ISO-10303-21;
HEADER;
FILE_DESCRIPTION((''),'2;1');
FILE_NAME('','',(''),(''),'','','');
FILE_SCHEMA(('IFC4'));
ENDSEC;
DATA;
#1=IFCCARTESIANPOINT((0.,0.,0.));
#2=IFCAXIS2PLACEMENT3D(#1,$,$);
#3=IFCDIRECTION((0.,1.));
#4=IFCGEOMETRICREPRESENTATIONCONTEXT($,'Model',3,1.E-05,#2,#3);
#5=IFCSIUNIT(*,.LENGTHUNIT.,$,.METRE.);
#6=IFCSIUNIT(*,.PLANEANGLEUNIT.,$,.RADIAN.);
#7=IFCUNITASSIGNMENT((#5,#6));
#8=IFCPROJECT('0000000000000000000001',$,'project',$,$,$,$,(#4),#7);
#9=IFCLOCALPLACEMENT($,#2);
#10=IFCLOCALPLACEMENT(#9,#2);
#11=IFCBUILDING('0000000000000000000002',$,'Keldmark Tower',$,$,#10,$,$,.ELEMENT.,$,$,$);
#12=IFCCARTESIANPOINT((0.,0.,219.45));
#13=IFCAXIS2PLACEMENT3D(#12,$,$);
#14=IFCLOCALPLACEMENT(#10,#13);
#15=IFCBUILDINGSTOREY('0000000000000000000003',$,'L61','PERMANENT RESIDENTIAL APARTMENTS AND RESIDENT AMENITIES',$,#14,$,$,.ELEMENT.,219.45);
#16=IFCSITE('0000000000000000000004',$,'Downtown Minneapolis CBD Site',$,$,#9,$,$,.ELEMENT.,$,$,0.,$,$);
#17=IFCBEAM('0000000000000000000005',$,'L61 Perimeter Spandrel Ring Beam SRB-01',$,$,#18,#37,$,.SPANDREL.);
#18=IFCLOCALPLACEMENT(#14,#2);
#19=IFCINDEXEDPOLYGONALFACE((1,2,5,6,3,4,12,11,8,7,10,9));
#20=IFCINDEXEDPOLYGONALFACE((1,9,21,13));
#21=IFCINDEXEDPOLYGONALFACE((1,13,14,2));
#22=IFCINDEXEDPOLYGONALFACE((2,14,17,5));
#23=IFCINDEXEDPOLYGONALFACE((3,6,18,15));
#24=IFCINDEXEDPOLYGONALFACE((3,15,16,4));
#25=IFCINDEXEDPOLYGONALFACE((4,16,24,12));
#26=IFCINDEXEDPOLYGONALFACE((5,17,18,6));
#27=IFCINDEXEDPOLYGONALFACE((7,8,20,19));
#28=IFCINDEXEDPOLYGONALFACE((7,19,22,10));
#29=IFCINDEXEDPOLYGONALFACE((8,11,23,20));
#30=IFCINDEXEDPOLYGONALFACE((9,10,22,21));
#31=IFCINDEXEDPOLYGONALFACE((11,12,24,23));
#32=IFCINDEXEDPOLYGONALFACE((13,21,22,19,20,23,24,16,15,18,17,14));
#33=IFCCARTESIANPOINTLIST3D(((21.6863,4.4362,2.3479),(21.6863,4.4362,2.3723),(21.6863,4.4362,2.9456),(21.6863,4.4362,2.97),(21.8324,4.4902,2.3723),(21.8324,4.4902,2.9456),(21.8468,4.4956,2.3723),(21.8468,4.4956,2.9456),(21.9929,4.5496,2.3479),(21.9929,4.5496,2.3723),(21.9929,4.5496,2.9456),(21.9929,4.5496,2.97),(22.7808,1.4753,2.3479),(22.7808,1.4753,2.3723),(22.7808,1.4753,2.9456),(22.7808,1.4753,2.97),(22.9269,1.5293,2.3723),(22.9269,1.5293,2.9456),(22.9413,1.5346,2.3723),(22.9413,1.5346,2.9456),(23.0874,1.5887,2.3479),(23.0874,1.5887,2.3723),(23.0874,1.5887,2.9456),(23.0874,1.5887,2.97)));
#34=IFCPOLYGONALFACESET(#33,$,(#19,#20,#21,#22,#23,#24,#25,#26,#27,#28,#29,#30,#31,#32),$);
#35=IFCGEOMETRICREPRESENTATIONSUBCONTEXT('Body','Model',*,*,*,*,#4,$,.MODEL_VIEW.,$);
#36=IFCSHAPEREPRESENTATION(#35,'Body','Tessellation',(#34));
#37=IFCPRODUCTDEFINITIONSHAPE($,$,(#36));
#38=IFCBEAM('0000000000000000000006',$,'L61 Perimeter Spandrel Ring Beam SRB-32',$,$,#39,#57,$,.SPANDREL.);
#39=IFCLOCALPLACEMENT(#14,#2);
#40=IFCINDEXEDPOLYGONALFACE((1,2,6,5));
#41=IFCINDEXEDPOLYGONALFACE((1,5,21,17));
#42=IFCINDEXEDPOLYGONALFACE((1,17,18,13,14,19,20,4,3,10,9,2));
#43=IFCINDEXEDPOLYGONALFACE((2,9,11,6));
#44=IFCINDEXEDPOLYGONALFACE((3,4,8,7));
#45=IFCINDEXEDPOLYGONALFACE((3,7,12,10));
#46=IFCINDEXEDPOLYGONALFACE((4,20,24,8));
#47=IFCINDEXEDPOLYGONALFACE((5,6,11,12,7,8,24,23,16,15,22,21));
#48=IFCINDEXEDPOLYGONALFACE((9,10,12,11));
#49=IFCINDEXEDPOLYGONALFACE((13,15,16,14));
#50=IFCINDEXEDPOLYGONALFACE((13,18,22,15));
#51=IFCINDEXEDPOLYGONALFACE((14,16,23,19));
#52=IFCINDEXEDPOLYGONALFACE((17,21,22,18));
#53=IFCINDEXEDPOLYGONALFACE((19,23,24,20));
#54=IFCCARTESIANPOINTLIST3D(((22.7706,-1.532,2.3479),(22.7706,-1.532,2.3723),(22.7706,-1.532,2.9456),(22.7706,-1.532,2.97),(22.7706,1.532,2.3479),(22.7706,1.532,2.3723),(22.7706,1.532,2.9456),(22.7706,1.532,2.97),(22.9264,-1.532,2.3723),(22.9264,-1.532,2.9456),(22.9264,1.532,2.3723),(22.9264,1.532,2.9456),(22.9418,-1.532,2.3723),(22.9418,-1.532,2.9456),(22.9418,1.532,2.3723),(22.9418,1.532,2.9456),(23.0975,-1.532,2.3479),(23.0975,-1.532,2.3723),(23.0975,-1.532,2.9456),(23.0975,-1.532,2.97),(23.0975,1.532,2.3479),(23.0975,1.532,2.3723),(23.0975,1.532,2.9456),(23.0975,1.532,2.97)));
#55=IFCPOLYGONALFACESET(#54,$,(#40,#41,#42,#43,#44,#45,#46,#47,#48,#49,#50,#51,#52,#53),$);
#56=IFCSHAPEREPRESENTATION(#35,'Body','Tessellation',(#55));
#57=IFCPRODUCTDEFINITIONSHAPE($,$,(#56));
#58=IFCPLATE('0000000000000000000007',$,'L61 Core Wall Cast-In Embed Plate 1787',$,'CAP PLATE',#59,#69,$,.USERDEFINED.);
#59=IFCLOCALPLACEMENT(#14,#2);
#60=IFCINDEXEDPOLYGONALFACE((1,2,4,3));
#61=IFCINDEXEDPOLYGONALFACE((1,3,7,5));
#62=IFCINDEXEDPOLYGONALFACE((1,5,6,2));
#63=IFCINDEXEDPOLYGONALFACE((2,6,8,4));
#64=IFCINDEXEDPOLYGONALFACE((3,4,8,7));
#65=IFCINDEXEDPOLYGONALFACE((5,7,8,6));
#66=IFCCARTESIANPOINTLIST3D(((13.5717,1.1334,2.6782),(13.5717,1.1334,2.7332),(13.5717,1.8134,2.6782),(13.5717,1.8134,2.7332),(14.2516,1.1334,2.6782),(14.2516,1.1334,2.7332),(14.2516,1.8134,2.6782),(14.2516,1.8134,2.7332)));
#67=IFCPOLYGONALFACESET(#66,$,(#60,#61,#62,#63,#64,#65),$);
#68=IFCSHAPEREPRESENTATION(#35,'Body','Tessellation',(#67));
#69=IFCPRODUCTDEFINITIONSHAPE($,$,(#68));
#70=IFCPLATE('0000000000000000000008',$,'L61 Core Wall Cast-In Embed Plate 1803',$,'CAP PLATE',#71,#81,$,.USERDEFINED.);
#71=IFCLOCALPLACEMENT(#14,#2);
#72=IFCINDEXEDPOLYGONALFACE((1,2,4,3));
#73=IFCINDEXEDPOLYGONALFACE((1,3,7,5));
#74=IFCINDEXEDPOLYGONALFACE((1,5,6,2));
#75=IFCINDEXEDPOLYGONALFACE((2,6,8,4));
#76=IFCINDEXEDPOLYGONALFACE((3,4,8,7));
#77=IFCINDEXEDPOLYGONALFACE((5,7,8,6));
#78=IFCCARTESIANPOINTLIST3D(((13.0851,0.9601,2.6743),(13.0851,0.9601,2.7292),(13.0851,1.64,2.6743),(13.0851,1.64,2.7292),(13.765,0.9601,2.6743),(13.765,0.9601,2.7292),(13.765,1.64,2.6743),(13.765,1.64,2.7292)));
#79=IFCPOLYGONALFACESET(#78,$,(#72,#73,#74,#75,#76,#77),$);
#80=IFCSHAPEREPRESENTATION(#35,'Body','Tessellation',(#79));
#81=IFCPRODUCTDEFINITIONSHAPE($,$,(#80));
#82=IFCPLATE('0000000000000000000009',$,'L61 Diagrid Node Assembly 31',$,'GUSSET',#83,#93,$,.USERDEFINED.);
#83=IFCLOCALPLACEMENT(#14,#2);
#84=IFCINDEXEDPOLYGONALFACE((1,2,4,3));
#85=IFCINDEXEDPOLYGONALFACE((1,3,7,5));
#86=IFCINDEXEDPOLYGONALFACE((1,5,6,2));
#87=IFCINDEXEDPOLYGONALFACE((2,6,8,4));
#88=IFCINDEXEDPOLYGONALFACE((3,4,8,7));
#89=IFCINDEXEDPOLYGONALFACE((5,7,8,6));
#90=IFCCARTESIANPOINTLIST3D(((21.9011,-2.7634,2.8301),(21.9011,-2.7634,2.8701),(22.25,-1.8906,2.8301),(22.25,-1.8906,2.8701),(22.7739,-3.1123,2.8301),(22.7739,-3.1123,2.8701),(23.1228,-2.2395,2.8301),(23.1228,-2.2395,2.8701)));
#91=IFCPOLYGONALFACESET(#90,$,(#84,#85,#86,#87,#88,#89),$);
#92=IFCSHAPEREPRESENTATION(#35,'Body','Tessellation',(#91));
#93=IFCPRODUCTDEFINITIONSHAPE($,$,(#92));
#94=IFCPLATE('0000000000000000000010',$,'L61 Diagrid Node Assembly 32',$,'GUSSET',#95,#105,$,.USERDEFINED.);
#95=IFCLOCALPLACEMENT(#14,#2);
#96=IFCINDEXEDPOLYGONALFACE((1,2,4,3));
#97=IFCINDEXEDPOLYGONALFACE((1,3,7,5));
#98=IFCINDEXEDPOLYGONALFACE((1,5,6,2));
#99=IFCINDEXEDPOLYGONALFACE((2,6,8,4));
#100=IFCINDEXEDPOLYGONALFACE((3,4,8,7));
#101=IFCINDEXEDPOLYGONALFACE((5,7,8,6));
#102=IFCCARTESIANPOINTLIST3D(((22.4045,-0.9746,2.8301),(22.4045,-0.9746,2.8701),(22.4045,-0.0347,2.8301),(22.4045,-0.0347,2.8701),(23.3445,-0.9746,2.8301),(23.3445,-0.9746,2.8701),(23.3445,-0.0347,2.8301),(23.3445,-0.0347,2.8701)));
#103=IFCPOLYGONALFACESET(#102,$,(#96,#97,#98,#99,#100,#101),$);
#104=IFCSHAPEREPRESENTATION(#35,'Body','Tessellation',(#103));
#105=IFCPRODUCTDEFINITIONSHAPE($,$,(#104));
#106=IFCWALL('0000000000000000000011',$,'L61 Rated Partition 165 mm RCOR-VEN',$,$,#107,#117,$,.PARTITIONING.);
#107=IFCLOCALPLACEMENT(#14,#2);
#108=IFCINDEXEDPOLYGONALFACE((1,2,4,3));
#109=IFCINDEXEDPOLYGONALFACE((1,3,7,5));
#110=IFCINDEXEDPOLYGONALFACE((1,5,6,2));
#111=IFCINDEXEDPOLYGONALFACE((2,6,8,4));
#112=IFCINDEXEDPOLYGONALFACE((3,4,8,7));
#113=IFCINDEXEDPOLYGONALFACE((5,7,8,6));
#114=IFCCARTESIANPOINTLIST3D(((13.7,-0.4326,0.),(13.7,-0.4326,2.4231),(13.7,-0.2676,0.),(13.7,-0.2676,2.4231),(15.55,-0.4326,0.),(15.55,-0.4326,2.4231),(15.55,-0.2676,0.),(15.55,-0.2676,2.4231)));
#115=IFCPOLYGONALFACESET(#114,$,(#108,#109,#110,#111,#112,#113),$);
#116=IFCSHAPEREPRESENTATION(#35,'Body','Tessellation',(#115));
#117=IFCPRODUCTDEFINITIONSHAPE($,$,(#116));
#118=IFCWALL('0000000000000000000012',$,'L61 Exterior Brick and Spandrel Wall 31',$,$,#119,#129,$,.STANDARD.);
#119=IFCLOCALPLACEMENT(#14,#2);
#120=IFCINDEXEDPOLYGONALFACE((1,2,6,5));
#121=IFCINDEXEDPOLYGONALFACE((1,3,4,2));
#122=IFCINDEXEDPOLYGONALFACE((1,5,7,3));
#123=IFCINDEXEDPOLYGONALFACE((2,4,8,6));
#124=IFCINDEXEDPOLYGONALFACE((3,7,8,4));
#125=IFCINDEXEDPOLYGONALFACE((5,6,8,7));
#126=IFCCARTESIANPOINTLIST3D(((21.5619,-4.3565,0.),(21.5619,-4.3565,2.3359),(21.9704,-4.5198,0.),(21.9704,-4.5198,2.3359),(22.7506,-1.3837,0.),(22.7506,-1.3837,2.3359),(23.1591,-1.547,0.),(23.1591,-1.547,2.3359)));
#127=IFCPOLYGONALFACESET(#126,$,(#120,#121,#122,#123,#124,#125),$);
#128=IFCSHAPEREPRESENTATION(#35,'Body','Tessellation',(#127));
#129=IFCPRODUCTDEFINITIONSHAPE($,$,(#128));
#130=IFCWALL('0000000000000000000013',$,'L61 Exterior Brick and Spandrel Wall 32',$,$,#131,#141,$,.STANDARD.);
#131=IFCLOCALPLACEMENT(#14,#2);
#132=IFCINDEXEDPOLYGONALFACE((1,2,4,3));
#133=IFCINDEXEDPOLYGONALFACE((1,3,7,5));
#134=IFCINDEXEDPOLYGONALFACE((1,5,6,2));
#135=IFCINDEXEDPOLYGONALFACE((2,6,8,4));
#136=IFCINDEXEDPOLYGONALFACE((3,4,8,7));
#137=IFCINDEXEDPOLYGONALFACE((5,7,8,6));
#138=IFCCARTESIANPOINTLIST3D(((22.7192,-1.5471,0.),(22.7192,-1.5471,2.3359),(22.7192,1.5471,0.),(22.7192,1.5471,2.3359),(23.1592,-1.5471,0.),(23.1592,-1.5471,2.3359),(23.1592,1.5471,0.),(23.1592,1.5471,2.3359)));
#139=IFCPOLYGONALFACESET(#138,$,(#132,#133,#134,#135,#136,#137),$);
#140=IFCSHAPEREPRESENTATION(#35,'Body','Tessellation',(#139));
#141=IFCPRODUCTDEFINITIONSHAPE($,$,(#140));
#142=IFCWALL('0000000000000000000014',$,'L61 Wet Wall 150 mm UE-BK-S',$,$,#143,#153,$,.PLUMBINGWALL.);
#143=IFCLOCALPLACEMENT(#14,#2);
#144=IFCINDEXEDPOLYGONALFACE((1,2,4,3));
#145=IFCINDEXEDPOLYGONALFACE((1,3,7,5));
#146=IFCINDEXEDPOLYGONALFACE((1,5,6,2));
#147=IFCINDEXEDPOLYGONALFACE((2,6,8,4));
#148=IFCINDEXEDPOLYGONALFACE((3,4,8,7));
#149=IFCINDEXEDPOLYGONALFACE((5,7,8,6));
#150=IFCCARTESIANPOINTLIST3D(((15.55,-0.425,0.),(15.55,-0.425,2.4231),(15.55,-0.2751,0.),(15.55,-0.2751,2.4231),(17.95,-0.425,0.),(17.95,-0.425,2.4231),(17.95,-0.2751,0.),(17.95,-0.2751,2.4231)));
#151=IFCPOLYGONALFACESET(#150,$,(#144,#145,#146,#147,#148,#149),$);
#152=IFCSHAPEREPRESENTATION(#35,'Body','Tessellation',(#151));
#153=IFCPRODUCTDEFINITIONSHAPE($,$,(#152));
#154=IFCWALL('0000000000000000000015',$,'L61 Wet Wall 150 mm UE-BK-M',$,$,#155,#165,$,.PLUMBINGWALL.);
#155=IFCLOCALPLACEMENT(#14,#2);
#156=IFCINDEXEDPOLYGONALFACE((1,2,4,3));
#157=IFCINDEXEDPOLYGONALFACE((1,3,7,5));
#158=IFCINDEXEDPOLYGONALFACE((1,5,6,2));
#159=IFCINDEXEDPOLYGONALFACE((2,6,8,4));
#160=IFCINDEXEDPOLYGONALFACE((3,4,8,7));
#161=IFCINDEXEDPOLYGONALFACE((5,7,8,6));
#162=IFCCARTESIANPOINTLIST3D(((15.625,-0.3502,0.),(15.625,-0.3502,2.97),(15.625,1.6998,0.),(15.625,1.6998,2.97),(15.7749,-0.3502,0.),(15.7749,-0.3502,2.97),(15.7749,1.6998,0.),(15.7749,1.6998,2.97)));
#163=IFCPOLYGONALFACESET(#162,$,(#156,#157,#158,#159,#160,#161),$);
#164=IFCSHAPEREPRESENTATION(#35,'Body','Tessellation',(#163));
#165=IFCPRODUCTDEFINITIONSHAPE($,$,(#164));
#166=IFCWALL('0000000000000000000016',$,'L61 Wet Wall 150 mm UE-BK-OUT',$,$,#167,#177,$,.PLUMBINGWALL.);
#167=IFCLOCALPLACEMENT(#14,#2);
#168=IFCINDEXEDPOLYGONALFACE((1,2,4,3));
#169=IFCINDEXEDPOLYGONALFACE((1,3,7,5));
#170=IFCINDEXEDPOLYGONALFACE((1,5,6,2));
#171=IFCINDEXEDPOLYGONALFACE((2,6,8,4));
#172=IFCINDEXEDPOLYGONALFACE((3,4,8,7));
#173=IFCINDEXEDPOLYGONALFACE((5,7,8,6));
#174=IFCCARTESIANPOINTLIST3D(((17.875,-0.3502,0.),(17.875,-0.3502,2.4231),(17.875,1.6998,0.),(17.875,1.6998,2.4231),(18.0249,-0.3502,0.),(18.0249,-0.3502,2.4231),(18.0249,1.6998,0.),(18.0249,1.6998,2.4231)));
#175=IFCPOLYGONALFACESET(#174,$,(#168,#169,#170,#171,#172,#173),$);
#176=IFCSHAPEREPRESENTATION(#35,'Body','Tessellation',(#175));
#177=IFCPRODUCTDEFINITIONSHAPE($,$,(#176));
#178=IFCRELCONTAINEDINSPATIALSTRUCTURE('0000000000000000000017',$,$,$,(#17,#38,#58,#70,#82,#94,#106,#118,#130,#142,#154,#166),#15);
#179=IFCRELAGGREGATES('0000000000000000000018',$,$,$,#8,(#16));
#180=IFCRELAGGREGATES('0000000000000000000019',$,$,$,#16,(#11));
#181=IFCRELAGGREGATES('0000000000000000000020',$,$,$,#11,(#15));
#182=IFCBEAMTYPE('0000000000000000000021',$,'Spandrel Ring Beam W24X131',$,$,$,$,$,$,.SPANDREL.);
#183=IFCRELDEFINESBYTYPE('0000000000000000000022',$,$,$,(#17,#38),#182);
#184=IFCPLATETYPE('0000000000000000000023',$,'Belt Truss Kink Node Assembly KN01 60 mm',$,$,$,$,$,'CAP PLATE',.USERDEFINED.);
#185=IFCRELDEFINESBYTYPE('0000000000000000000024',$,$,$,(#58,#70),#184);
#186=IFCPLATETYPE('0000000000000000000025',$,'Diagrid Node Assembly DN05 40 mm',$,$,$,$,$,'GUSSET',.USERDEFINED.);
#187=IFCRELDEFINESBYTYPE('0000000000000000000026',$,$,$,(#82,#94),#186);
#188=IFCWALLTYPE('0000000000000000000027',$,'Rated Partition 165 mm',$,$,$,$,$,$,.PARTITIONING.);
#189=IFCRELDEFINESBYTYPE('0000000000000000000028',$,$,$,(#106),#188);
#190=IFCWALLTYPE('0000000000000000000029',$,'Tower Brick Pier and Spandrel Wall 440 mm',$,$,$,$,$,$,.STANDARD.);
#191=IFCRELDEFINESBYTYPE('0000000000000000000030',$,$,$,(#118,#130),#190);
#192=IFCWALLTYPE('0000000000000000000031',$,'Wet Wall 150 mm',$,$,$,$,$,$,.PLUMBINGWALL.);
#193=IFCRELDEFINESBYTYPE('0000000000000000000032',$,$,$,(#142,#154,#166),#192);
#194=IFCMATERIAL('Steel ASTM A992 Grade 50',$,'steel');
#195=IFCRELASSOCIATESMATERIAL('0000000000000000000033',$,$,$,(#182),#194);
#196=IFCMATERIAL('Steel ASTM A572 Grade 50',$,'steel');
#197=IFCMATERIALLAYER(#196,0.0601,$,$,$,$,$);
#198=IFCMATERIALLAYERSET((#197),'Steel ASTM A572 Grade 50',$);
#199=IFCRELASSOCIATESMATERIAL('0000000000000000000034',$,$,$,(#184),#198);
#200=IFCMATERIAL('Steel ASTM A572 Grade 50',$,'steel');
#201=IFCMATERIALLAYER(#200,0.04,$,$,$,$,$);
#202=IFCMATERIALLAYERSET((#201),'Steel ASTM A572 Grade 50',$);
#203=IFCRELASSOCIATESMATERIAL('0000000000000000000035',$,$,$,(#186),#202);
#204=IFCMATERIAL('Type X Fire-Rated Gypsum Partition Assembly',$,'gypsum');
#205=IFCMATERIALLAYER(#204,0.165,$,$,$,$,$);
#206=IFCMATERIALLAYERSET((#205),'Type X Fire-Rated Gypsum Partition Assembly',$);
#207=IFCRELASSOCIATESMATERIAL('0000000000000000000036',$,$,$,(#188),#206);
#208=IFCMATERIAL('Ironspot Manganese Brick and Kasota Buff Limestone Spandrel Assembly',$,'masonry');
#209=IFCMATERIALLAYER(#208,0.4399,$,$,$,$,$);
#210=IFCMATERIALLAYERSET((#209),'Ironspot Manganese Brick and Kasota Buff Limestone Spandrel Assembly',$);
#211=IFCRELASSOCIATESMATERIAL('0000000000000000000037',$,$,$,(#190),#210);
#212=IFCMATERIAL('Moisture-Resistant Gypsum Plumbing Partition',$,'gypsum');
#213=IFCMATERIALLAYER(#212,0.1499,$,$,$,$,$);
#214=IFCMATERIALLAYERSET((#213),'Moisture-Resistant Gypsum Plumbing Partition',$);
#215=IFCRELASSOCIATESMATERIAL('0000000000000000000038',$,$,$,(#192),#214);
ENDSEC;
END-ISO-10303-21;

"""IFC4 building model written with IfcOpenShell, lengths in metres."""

from ifc_helpers import new_model, si_unit, direction, frame, frame_2d, origin, origin_2d, place, context, subcontext, project, spatial, rectangle, i_section, extrude, material, layer, layer_set, material_profile, profile_set, type_object, element, save


model = new_model("IFC4")

# Units and contexts
model_context = context("Model", 3, precision=1e-05, world=origin(), true_north=direction((0.0, 1.0)))
body_context = subcontext(model_context, "Body", "Model", "MODEL_VIEW")
ifc_project = project(units=[si_unit("LENGTHUNIT", "METRE"), si_unit("PLANEANGLEUNIT", "RADIAN")], contexts=[model_context])

# Site, building, storey
site_placement = place(None, origin())
site = spatial("IfcSite", under=ifc_project, at=site_placement, Name="Downtown Minneapolis CBD Site", CompositionType="ELEMENT", RefElevation=0.0)
building_placement = place(site_placement, origin())
building = spatial("IfcBuilding", under=site, at=building_placement, Name="Keldmark Tower", CompositionType="ELEMENT")
storey_placement = place(building_placement, frame((0.0, 0.0, 219.45)))
storey = spatial("IfcBuildingStorey", under=building, at=storey_placement, Name="L61", Description="PERMANENT RESIDENTIAL APARTMENTS AND RESIDENT AMENITIES", CompositionType="ELEMENT", Elevation=219.45)

# Beams
ifc_material_1 = material(Name="Steel ASTM A992 Grade 50", Category="steel")
ifc_material_profile_1 = material_profile(ifc_material_1, i_section(OverallWidth=0.3269, OverallDepth=0.6221, WebThickness=0.0154, FlangeThickness=0.0244, at=origin_2d()), Name="W24X131")
ifc_profile_set_1 = profile_set([ifc_material_profile_1], Name="Steel ASTM A992 Grade 50")
beam_type_1 = type_object("IfcBeamType", Name="Spandrel Ring Beam W24X131", PredefinedType="SPANDREL", material=ifc_profile_set_1)
beam_1_placement = place(storey_placement, frame((22.9341, 1.532, 2.6589), z_axis=(-0.346712, 0.937972, 0.0), x_axis=(-0.937972, -0.346712, 0.0)))
element("IfcBeam", 1, at=beam_1_placement, inside=storey, type_object=beam_type_1, Name="L61 Perimeter Spandrel Ring Beam SRB-01", PredefinedType="SPANDREL", context=body_context, shape_type="SweptSolid", body=[
    extrude(i_section(OverallWidth=0.3269, OverallDepth=0.6221, WebThickness=0.0154, FlangeThickness=0.0244, at=origin_2d()), origin(), (0.0, 0.0, 1.0), 3.1567),
])
beam_2_placement = place(storey_placement, frame((22.9341, -1.532, 2.6589), z_axis=(0.0, 1.0, 0.0), x_axis=(-1.0, 0.0, 0.0)))
element("IfcBeam", 2, at=beam_2_placement, inside=storey, type_object=beam_type_1, Name="L61 Perimeter Spandrel Ring Beam SRB-32", PredefinedType="SPANDREL", context=body_context, shape_type="SweptSolid", body=[
    extrude(i_section(OverallWidth=0.3269, OverallDepth=0.6221, WebThickness=0.0154, FlangeThickness=0.0244, at=origin_2d()), origin(), (0.0, 0.0, 1.0), 3.064),
])

# Plates
ifc_material_2 = material(Name="Steel ASTM A572 Grade 50", Category="steel")
ifc_layer_1 = layer(ifc_material_2, 0.0601)
ifc_layer_set_1 = layer_set([ifc_layer_1], Name="Steel ASTM A572 Grade 50")
plate_type_1 = type_object("IfcPlateType", Name="Belt Truss Kink Node Assembly KN01 60 mm", ElementType="CAP PLATE", PredefinedType="USERDEFINED", material=ifc_layer_set_1)
for number, where, z_axis, x_axis, name in (
    (3, (13.9116, 1.4734, 2.6782), (0.0, 0.0, 1.0), (1.0, 0.0, 0.0), "L61 Core Wall Cast-In Embed Plate 1787"),
    (4, (13.425, 1.3, 2.6743), (0.0, 0.0, 1.0), (1.0, 0.0, 0.0), "L61 Core Wall Cast-In Embed Plate 1803"),
):
    element("IfcPlate", number, at=place(storey_placement, frame(where, z_axis=z_axis, x_axis=x_axis)), inside=storey, type_object=plate_type_1, Name=name, ObjectType="CAP PLATE", PredefinedType="USERDEFINED", context=body_context, shape_type="SweptSolid", body=[
        extrude(rectangle(XDim=0.6799, YDim=0.6799, at=origin_2d()), origin(), (0.0, 0.0, 1.0), 0.0549),
    ])
ifc_material_3 = material(Name="Steel ASTM A572 Grade 50", Category="steel")
ifc_layer_2 = layer(ifc_material_3, 0.04)
ifc_layer_set_2 = layer_set([ifc_layer_2], Name="Steel ASTM A572 Grade 50")
plate_type_2 = type_object("IfcPlateType", Name="Diagrid Node Assembly DN05 40 mm", ElementType="GUSSET", PredefinedType="USERDEFINED", material=ifc_layer_set_2)
for number, where, z_axis, x_axis, name in (
    (5, (22.512, -2.5015, 2.8301), (0.0, 0.0, 1.0), (0.371206, 0.928551, 0.0), "L61 Diagrid Node Assembly 31"),
    (6, (22.8745, -0.5046, 2.8301), (0.0, 0.0, 1.0), (0.0, 1.0, 0.0), "L61 Diagrid Node Assembly 32"),
):
    element("IfcPlate", number, at=place(storey_placement, frame(where, z_axis=z_axis, x_axis=x_axis)), inside=storey, type_object=plate_type_2, Name=name, ObjectType="GUSSET", PredefinedType="USERDEFINED", context=body_context, shape_type="SweptSolid", body=[
        extrude(rectangle(XDim=0.9399, YDim=0.9399, at=origin_2d()), origin(), (0.0, 0.0, 1.0), 0.04),
    ])

# Shared definitions
ifc_material_4 = material(Name="Type X Fire-Rated Gypsum Partition Assembly", Category="gypsum")
ifc_layer_3 = layer(ifc_material_4, 0.165)
ifc_layer_set_3 = layer_set([ifc_layer_3], Name="Type X Fire-Rated Gypsum Partition Assembly")
wall_type_1 = type_object("IfcWallType", Name="Rated Partition 165 mm", PredefinedType="PARTITIONING", material=ifc_layer_set_3)

# Walls
wall_1_placement = place(storey_placement, frame((13.7, -0.3501, 0.0), z_axis=(0.0, 0.0, 1.0), x_axis=(1.0, 0.0, 0.0)))
element("IfcWall", 7, at=wall_1_placement, inside=storey, type_object=wall_type_1, Name="L61 Rated Partition 165 mm RCOR-VEN", PredefinedType="PARTITIONING", context=body_context, shape_type="SweptSolid", body=[
    extrude(rectangle(XDim=1.8501, YDim=0.165, at=frame_2d((0.925, 0.0))), origin(), (0.0, 0.0, 1.0), 2.4231),
])
ifc_material_5 = material(Name="Ironspot Manganese Brick and Kasota Buff Limestone Spandrel Assembly", Category="masonry")
ifc_layer_4 = layer(ifc_material_5, 0.4399)
ifc_layer_set_4 = layer_set([ifc_layer_4], Name="Ironspot Manganese Brick and Kasota Buff Limestone Spandrel Assembly")
wall_type_2 = type_object("IfcWallType", Name="Tower Brick Pier and Spandrel Wall 440 mm", PredefinedType="STANDARD", material=ifc_layer_set_4)
wall_2_placement = place(storey_placement, frame((22.9548, -1.4653, 0.0), z_axis=(0.0, 0.0, 1.0), x_axis=(-0.371272, -0.928524, 0.0)))
element("IfcWall", 8, at=wall_2_placement, inside=storey, type_object=wall_type_2, Name="L61 Exterior Brick and Spandrel Wall 31", PredefinedType="STANDARD", context=body_context, shape_type="SweptSolid", body=[
    extrude(rectangle(XDim=3.2017, YDim=0.4399, at=frame_2d((1.6008, 0.0))), origin(), (0.0, 0.0, 1.0), 2.3359),
])
wall_3_placement = place(storey_placement, frame((22.9392, 1.5471, 0.0), z_axis=(0.0, 0.0, 1.0), x_axis=(0.0, -1.0, 0.0)))
element("IfcWall", 9, at=wall_3_placement, inside=storey, type_object=wall_type_2, Name="L61 Exterior Brick and Spandrel Wall 32", PredefinedType="STANDARD", context=body_context, shape_type="SweptSolid", body=[
    extrude(rectangle(XDim=3.0942, YDim=0.4399, at=frame_2d((1.5471, 0.0))), origin(), (0.0, 0.0, 1.0), 2.3359),
])
ifc_material_6 = material(Name="Moisture-Resistant Gypsum Plumbing Partition", Category="gypsum")
ifc_layer_5 = layer(ifc_material_6, 0.1499)
ifc_layer_set_5 = layer_set([ifc_layer_5], Name="Moisture-Resistant Gypsum Plumbing Partition")
wall_type_3 = type_object("IfcWallType", Name="Wet Wall 150 mm", PredefinedType="PLUMBINGWALL", material=ifc_layer_set_5)
wall_4_placement = place(storey_placement, frame((15.55, -0.3501, 0.0), z_axis=(0.0, 0.0, 1.0), x_axis=(1.0, 0.0, 0.0)))
element("IfcWall", 10, at=wall_4_placement, inside=storey, type_object=wall_type_3, Name="L61 Wet Wall 150 mm UE-BK-S", PredefinedType="PLUMBINGWALL", context=body_context, shape_type="SweptSolid", body=[
    extrude(rectangle(XDim=2.3999, YDim=0.1499, at=frame_2d((1.2, 0.0))), origin(), (0.0, 0.0, 1.0), 2.4231),
])
wall_5_placement = place(storey_placement, frame((15.7, -0.3501, 0.0), z_axis=(0.0, 0.0, 1.0), x_axis=(0.0, 1.0, 0.0)))
element("IfcWall", 11, at=wall_5_placement, inside=storey, type_object=wall_type_3, Name="L61 Wet Wall 150 mm UE-BK-M", PredefinedType="PLUMBINGWALL", context=body_context, shape_type="SweptSolid", body=[
    extrude(rectangle(XDim=2.05, YDim=0.1499, at=frame_2d((1.0249, 0.0))), origin(), (0.0, 0.0, 1.0), 2.97),
])
wall_6_placement = place(storey_placement, frame((17.95, -0.3501, 0.0), z_axis=(0.0, 0.0, 1.0), x_axis=(0.0, 1.0, 0.0)))
element("IfcWall", 12, at=wall_6_placement, inside=storey, type_object=wall_type_3, Name="L61 Wet Wall 150 mm UE-BK-OUT", PredefinedType="PLUMBINGWALL", context=body_context, shape_type="SweptSolid", body=[
    extrude(rectangle(XDim=2.05, YDim=0.1499, at=frame_2d((1.0249, 0.0))), origin(), (0.0, 0.0, 1.0), 2.4231),
])

save(model, "model.ifc")
